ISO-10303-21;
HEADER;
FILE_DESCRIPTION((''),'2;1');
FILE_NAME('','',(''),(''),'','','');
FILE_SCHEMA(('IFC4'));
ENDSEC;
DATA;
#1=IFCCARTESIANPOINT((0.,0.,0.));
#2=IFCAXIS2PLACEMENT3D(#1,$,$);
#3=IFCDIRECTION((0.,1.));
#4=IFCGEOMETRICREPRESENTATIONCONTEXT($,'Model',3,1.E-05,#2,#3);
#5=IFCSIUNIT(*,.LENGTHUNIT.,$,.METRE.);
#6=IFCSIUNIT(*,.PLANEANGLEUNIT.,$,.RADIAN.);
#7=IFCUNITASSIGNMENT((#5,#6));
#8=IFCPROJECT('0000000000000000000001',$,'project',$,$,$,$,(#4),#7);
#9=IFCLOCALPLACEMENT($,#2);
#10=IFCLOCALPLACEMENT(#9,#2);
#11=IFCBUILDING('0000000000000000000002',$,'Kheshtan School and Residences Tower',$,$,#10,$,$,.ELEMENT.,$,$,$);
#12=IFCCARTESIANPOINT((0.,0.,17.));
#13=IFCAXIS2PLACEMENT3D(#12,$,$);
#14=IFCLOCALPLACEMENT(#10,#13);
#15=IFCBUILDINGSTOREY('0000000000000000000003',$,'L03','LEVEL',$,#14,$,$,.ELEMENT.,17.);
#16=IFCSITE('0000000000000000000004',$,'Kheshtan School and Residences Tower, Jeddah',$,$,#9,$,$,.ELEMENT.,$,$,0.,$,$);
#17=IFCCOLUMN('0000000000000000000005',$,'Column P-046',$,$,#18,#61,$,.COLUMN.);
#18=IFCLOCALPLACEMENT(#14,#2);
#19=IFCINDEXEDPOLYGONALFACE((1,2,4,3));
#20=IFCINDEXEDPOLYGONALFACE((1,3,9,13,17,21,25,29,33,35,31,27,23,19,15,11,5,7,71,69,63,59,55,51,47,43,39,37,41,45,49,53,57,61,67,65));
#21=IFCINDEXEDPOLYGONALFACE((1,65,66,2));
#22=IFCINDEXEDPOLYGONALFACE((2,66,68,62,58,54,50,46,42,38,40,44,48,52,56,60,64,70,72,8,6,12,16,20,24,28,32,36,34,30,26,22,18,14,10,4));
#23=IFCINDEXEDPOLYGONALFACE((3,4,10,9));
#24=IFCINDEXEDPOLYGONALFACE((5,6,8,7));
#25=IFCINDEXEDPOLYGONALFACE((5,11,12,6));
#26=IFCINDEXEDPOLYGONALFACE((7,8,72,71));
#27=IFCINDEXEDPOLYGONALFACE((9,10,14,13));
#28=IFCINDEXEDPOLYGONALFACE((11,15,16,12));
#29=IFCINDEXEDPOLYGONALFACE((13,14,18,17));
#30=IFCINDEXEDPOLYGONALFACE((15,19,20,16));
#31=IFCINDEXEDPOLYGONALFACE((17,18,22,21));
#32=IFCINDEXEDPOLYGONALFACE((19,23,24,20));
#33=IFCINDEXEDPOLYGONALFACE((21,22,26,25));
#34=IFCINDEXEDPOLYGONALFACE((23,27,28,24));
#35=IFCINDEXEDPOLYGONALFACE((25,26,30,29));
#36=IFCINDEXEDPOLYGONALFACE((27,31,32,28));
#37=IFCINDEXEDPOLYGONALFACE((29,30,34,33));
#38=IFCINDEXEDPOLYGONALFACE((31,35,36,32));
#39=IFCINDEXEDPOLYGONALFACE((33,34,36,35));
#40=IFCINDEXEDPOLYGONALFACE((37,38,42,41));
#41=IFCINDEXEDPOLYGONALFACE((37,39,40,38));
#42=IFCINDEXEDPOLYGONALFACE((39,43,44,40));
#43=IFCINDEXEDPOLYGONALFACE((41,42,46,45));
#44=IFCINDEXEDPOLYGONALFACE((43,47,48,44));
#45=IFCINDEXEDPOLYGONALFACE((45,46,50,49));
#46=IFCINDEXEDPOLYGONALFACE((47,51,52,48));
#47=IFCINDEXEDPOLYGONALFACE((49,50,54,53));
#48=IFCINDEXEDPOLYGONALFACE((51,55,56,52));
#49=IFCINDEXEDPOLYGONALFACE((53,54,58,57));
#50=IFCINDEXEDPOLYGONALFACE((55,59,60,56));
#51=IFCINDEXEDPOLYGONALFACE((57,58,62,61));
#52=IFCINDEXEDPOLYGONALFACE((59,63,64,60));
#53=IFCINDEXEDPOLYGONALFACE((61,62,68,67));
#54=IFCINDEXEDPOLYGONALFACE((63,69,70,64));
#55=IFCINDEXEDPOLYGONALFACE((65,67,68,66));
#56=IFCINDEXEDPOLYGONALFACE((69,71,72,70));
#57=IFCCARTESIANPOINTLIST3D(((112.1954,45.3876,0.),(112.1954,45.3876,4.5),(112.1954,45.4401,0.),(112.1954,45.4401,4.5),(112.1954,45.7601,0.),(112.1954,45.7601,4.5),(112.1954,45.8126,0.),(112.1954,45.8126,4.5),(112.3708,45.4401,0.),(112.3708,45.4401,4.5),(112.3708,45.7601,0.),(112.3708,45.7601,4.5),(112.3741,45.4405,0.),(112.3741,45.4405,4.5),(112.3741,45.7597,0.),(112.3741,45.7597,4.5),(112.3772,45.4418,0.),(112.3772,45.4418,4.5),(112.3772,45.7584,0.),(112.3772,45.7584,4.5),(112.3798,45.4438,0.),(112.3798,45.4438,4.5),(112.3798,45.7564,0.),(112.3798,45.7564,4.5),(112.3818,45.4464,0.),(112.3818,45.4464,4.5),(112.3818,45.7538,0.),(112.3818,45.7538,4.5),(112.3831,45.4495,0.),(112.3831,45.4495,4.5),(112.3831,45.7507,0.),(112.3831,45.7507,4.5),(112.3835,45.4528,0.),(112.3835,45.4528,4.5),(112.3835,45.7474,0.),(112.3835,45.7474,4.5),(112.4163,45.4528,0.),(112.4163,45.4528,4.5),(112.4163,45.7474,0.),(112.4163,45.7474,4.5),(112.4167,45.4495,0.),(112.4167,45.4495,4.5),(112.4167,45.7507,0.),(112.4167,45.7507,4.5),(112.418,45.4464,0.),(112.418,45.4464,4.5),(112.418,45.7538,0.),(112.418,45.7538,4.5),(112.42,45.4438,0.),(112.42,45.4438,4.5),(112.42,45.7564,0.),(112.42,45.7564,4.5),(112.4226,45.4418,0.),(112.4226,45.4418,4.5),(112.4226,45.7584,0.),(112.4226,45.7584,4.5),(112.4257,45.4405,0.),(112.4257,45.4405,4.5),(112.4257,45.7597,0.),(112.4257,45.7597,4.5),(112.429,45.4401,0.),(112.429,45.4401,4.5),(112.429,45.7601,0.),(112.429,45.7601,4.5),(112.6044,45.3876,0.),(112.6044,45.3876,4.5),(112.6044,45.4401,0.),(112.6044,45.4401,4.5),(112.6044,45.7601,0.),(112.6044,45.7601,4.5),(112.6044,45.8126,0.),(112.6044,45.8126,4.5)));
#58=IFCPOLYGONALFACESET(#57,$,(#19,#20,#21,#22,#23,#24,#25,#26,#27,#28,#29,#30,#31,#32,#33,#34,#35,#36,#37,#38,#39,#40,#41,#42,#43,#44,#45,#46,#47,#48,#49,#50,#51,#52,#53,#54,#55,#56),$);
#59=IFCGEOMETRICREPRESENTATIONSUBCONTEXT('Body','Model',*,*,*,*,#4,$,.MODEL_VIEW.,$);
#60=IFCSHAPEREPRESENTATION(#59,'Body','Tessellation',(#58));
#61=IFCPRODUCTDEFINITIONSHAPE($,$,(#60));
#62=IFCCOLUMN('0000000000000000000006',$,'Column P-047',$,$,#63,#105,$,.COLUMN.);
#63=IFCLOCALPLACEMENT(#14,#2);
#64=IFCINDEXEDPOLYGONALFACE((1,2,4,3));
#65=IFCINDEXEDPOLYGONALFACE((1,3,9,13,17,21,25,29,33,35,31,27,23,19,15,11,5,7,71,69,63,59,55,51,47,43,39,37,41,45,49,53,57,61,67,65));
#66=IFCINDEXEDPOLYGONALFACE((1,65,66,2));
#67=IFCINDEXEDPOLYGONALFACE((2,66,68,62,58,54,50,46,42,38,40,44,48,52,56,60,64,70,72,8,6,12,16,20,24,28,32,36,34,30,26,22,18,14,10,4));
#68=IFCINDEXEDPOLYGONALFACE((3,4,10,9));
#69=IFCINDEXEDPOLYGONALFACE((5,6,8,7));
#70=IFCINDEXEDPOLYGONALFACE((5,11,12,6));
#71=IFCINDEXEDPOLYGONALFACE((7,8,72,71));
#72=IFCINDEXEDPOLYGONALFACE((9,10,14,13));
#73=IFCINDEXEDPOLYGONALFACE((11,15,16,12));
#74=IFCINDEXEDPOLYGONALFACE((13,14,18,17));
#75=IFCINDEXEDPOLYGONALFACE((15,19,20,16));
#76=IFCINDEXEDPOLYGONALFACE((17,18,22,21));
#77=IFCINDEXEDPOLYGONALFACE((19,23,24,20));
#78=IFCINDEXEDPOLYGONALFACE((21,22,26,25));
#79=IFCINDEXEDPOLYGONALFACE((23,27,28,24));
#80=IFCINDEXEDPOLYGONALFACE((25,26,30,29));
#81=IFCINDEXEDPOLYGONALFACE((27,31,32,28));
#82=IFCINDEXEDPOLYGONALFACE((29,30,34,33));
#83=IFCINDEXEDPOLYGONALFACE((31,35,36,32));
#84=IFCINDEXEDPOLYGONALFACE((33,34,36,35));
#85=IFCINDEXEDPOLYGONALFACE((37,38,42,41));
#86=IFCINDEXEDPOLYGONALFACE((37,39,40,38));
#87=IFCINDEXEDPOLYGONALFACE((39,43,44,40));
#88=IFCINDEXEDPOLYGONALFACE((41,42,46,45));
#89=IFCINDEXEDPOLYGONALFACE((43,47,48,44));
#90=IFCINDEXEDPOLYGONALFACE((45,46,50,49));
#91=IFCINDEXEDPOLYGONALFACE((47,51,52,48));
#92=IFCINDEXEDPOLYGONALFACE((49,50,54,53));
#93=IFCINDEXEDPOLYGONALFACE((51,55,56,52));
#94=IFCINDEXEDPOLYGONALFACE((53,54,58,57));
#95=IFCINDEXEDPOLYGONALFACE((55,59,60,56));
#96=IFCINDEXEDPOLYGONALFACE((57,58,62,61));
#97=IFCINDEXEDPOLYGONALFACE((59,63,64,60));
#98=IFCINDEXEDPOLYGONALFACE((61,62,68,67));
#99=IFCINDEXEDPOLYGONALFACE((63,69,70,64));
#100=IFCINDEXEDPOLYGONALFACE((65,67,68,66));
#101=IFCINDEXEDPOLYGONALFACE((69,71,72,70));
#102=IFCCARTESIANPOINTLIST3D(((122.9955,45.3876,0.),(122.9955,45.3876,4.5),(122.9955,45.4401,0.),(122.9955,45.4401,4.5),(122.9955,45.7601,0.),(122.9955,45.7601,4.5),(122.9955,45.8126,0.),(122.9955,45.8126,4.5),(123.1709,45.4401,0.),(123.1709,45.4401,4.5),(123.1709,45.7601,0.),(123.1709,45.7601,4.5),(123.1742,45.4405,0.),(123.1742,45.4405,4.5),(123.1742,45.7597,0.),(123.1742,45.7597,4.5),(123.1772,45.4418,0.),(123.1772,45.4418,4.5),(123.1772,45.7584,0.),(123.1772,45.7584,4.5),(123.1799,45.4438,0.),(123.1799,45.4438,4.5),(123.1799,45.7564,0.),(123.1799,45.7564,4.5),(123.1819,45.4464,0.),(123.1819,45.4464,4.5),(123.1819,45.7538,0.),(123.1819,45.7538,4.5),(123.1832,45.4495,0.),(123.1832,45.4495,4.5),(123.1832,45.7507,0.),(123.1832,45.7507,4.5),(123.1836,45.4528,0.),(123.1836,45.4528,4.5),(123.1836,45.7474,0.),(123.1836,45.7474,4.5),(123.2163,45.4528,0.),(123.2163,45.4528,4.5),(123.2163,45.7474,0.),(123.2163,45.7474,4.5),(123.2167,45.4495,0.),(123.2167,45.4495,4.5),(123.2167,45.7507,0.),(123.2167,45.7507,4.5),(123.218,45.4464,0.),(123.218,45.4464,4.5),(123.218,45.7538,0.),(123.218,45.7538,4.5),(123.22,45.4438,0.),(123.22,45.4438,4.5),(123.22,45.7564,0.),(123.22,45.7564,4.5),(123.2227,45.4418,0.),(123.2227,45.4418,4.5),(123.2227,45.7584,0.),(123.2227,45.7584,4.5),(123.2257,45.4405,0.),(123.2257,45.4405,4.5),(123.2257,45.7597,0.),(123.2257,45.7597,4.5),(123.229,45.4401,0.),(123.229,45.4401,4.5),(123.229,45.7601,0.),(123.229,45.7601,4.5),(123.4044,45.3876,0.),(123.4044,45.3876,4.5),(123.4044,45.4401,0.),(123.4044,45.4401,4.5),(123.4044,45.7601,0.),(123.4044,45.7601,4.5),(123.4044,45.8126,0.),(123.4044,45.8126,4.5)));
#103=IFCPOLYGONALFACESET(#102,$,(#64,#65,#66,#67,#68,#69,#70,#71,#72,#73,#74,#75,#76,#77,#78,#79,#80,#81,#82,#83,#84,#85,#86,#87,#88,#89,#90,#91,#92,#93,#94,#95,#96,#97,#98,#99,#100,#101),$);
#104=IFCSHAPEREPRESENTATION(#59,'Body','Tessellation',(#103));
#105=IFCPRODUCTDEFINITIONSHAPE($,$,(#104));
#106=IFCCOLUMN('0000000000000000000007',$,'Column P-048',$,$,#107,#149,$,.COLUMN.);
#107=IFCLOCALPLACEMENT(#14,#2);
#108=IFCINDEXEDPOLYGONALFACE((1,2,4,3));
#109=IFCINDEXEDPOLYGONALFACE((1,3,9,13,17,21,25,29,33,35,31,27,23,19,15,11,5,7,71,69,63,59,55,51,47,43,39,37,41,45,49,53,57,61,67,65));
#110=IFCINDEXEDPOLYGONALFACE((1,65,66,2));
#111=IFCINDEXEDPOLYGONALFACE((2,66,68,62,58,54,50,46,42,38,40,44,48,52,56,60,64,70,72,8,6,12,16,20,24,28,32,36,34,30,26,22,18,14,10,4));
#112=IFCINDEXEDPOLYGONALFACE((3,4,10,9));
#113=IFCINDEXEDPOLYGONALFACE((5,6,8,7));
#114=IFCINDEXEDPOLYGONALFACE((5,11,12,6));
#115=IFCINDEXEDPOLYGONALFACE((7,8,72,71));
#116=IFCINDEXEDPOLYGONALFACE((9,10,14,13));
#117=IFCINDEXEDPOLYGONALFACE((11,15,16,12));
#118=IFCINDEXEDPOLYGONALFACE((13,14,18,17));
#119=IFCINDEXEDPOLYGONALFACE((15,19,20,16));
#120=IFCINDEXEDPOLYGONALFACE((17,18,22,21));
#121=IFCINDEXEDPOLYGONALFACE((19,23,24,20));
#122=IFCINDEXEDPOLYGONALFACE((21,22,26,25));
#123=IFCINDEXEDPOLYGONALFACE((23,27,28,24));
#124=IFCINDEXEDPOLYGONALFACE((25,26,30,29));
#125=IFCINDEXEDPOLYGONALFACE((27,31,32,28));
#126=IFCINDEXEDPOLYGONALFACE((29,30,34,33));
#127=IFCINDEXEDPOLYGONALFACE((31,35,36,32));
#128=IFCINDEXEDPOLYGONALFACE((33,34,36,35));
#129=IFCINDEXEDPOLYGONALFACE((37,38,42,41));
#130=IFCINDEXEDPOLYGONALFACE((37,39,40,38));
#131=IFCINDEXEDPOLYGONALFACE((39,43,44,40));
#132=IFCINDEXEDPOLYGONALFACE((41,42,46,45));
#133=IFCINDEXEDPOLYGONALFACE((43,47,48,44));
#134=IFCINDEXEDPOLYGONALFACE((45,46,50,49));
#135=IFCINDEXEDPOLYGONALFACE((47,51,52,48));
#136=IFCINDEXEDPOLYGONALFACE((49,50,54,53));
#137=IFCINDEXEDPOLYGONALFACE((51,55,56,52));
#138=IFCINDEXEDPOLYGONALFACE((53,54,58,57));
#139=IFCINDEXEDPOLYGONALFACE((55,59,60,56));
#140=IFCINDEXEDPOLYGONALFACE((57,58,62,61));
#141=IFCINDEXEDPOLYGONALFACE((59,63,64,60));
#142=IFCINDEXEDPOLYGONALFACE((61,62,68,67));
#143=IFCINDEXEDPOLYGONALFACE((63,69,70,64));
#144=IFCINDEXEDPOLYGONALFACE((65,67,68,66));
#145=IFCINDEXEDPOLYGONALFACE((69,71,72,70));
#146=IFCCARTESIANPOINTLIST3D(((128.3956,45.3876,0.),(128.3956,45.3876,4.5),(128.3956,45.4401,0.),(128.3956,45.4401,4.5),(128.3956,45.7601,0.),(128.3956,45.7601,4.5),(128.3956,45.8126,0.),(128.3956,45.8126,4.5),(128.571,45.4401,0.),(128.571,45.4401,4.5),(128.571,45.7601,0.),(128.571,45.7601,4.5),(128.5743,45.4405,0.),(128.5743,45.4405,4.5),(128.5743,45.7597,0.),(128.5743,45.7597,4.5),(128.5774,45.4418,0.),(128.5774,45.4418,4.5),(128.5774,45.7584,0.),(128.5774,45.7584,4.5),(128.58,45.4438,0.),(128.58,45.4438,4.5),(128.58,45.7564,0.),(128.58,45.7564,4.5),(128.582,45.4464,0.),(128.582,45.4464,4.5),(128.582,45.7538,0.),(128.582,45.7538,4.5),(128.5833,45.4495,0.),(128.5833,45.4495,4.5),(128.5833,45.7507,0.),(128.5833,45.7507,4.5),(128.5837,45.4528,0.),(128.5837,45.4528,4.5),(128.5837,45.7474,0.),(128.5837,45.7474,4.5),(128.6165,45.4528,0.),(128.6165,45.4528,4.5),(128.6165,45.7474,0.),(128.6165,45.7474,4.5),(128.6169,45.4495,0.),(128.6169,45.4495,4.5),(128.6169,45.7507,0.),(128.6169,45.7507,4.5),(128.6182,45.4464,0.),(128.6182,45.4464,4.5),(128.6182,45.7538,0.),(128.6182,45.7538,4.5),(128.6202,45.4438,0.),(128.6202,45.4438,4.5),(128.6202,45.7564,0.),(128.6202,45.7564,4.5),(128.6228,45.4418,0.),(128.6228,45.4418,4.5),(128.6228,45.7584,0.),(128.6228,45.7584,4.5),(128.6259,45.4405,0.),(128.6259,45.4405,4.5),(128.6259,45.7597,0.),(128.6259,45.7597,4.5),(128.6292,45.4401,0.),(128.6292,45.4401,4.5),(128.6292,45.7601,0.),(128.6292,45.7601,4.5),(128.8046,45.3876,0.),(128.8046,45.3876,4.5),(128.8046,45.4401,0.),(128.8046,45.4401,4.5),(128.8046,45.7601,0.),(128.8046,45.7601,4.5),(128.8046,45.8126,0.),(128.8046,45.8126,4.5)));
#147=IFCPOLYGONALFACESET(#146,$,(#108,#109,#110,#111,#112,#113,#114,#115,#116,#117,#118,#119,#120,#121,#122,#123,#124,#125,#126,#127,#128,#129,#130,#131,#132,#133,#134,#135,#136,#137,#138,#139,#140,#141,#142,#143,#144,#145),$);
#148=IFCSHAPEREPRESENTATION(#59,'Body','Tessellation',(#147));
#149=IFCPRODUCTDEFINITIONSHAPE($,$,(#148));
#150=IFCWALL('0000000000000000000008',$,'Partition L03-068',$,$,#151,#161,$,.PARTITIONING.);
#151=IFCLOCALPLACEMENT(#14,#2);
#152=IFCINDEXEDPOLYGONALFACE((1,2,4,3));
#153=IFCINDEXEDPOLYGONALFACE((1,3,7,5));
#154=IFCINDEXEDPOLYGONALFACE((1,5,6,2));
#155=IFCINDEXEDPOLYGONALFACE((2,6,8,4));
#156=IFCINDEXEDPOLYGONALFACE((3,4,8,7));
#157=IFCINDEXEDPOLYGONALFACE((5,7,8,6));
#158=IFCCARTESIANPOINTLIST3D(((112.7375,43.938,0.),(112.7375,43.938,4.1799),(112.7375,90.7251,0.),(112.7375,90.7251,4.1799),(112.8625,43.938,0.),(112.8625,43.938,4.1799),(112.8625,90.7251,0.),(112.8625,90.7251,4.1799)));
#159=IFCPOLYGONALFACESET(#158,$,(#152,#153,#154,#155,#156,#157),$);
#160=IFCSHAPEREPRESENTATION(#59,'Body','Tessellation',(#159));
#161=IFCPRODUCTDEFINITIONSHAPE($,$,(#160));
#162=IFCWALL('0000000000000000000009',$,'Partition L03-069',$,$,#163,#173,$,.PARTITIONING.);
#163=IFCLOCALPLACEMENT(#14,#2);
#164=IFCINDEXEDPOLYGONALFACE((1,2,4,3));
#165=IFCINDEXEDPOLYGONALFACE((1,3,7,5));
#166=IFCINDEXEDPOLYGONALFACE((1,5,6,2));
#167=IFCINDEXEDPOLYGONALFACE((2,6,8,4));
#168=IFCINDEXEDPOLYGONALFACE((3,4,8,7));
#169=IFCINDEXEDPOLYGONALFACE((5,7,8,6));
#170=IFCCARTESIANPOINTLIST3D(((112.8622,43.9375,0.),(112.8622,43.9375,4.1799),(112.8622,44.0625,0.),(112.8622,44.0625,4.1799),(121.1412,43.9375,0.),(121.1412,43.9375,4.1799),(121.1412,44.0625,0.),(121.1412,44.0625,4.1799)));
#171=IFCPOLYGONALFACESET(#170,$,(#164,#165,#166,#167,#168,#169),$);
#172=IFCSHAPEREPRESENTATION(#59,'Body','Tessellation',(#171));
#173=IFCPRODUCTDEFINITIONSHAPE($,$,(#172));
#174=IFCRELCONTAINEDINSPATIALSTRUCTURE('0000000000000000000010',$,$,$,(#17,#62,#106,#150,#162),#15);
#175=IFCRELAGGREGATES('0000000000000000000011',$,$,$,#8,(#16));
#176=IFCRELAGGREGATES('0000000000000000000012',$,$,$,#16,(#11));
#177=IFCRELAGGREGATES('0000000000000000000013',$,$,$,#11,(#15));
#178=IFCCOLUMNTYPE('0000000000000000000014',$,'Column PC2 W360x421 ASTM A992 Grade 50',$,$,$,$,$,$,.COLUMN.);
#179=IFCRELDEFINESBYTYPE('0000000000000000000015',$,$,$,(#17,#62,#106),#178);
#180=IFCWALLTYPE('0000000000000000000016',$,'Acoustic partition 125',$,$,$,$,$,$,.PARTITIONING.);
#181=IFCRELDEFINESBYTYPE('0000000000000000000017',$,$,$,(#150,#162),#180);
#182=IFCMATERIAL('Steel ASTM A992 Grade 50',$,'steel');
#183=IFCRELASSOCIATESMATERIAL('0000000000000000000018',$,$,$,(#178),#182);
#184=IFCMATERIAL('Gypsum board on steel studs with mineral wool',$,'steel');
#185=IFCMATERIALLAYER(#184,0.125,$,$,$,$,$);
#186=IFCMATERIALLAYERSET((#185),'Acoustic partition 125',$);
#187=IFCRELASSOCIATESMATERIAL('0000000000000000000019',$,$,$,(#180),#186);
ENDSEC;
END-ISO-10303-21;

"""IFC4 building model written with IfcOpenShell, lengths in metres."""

from ifc_helpers import new_model, si_unit, direction, frame, frame_2d, origin, origin_2d, place, context, subcontext, project, spatial, rectangle, i_section, extrude, material, layer, layer_set, material_profile, profile_set, type_object, element, save


model = new_model("IFC4")

# Units and contexts
model_context = context("Model", 3, precision=1e-05, world=origin(), true_north=direction((0.0, 1.0)))
body_context = subcontext(model_context, "Body", "Model", "MODEL_VIEW")
ifc_project = project(units=[si_unit("LENGTHUNIT", "METRE"), si_unit("PLANEANGLEUNIT", "RADIAN")], contexts=[model_context])

# Site, building, storey
site_placement = place(None, origin())
site = spatial("IfcSite", under=ifc_project, at=site_placement, Name="Kheshtan School and Residences Tower, Jeddah", CompositionType="ELEMENT", RefElevation=0.0)
building_placement = place(site_placement, origin())
building = spatial("IfcBuilding", under=site, at=building_placement, Name="Kheshtan School and Residences Tower", CompositionType="ELEMENT")
storey_placement = place(building_placement, frame((0.0, 0.0, 17.0)))
storey = spatial("IfcBuildingStorey", under=building, at=storey_placement, Name="L03", Description="LEVEL", CompositionType="ELEMENT", Elevation=17.0)

# Columns
ifc_material_1 = material(Name="Steel ASTM A992 Grade 50", Category="steel")
ifc_material_profile = material_profile(ifc_material_1, i_section(OverallWidth=0.4089, OverallDepth=0.425, WebThickness=0.0327, FlangeThickness=0.0525, FilletRadius=0.0127, at=origin_2d()), Name="W360x421")
ifc_profile_set = profile_set([ifc_material_profile], Name="Steel ASTM A992 Grade 50")
column_type = type_object("IfcColumnType", Name="Column PC2 W360x421 ASTM A992 Grade 50", PredefinedType="COLUMN", material=ifc_profile_set)
for number, where, z_axis, x_axis, name in (
    (1, (112.3999, 45.6001, 0.0), (0.0, 0.0, 1.0), (1.0, 0.0, 0.0), "Column P-046"),
    (2, (123.2, 45.6001, 0.0), (0.0, 0.0, 1.0), (1.0, 0.0, 0.0), "Column P-047"),
    (3, (128.6001, 45.6001, 0.0), (0.0, 0.0, 1.0), (1.0, 0.0, 0.0), "Column P-048"),
):
    element("IfcColumn", number, at=place(storey_placement, frame(where, z_axis=z_axis, x_axis=x_axis)), inside=storey, type_object=column_type, Name=name, PredefinedType="COLUMN", context=body_context, shape_type="SweptSolid", body=[
        extrude(i_section(OverallWidth=0.4089, OverallDepth=0.425, WebThickness=0.0327, FlangeThickness=0.0525, FilletRadius=0.0127, at=origin_2d()), origin(), (0.0, 0.0, 1.0), 4.5),
    ])

# Walls
ifc_material_2 = material(Name="Gypsum board on steel studs with mineral wool", Category="steel")
ifc_layer_1 = layer(ifc_material_2, 0.125)
ifc_layer_set_1 = layer_set([ifc_layer_1], Name="Acoustic partition 125")
wall_type_1 = type_object("IfcWallType", Name="Acoustic partition 125", PredefinedType="PARTITIONING", material=ifc_layer_set_1)
wall_1_placement = place(storey_placement, frame((112.8, 43.938, 0.0), z_axis=(0.0, 0.0, 1.0), x_axis=(0.0, 1.0, 0.0)))
element("IfcWall", 4, at=wall_1_placement, inside=storey, type_object=wall_type_1, Name="Partition L03-068", PredefinedType="PARTITIONING", context=body_context, shape_type="SweptSolid", body=[
    extrude(rectangle(XDim=46.7871, YDim=0.125, at=frame_2d((23.3936, 0.0))), origin(), (0.0, 0.0, 1.0), 4.1799),
])
wall_2_placement = place(storey_placement, frame((112.8621, 44.0, 0.0), z_axis=(0.0, 0.0, 1.0), x_axis=(1.0, 0.0, 0.0)))
element("IfcWall", 5, at=wall_2_placement, inside=storey, type_object=wall_type_1, Name="Partition L03-069", PredefinedType="PARTITIONING", context=body_context, shape_type="SweptSolid", body=[
    extrude(rectangle(XDim=8.2791, YDim=0.125, at=frame_2d((4.1396, 0.0))), origin(), (0.0, 0.0, 1.0), 4.1799),
])

save(model, "model.ifc")
